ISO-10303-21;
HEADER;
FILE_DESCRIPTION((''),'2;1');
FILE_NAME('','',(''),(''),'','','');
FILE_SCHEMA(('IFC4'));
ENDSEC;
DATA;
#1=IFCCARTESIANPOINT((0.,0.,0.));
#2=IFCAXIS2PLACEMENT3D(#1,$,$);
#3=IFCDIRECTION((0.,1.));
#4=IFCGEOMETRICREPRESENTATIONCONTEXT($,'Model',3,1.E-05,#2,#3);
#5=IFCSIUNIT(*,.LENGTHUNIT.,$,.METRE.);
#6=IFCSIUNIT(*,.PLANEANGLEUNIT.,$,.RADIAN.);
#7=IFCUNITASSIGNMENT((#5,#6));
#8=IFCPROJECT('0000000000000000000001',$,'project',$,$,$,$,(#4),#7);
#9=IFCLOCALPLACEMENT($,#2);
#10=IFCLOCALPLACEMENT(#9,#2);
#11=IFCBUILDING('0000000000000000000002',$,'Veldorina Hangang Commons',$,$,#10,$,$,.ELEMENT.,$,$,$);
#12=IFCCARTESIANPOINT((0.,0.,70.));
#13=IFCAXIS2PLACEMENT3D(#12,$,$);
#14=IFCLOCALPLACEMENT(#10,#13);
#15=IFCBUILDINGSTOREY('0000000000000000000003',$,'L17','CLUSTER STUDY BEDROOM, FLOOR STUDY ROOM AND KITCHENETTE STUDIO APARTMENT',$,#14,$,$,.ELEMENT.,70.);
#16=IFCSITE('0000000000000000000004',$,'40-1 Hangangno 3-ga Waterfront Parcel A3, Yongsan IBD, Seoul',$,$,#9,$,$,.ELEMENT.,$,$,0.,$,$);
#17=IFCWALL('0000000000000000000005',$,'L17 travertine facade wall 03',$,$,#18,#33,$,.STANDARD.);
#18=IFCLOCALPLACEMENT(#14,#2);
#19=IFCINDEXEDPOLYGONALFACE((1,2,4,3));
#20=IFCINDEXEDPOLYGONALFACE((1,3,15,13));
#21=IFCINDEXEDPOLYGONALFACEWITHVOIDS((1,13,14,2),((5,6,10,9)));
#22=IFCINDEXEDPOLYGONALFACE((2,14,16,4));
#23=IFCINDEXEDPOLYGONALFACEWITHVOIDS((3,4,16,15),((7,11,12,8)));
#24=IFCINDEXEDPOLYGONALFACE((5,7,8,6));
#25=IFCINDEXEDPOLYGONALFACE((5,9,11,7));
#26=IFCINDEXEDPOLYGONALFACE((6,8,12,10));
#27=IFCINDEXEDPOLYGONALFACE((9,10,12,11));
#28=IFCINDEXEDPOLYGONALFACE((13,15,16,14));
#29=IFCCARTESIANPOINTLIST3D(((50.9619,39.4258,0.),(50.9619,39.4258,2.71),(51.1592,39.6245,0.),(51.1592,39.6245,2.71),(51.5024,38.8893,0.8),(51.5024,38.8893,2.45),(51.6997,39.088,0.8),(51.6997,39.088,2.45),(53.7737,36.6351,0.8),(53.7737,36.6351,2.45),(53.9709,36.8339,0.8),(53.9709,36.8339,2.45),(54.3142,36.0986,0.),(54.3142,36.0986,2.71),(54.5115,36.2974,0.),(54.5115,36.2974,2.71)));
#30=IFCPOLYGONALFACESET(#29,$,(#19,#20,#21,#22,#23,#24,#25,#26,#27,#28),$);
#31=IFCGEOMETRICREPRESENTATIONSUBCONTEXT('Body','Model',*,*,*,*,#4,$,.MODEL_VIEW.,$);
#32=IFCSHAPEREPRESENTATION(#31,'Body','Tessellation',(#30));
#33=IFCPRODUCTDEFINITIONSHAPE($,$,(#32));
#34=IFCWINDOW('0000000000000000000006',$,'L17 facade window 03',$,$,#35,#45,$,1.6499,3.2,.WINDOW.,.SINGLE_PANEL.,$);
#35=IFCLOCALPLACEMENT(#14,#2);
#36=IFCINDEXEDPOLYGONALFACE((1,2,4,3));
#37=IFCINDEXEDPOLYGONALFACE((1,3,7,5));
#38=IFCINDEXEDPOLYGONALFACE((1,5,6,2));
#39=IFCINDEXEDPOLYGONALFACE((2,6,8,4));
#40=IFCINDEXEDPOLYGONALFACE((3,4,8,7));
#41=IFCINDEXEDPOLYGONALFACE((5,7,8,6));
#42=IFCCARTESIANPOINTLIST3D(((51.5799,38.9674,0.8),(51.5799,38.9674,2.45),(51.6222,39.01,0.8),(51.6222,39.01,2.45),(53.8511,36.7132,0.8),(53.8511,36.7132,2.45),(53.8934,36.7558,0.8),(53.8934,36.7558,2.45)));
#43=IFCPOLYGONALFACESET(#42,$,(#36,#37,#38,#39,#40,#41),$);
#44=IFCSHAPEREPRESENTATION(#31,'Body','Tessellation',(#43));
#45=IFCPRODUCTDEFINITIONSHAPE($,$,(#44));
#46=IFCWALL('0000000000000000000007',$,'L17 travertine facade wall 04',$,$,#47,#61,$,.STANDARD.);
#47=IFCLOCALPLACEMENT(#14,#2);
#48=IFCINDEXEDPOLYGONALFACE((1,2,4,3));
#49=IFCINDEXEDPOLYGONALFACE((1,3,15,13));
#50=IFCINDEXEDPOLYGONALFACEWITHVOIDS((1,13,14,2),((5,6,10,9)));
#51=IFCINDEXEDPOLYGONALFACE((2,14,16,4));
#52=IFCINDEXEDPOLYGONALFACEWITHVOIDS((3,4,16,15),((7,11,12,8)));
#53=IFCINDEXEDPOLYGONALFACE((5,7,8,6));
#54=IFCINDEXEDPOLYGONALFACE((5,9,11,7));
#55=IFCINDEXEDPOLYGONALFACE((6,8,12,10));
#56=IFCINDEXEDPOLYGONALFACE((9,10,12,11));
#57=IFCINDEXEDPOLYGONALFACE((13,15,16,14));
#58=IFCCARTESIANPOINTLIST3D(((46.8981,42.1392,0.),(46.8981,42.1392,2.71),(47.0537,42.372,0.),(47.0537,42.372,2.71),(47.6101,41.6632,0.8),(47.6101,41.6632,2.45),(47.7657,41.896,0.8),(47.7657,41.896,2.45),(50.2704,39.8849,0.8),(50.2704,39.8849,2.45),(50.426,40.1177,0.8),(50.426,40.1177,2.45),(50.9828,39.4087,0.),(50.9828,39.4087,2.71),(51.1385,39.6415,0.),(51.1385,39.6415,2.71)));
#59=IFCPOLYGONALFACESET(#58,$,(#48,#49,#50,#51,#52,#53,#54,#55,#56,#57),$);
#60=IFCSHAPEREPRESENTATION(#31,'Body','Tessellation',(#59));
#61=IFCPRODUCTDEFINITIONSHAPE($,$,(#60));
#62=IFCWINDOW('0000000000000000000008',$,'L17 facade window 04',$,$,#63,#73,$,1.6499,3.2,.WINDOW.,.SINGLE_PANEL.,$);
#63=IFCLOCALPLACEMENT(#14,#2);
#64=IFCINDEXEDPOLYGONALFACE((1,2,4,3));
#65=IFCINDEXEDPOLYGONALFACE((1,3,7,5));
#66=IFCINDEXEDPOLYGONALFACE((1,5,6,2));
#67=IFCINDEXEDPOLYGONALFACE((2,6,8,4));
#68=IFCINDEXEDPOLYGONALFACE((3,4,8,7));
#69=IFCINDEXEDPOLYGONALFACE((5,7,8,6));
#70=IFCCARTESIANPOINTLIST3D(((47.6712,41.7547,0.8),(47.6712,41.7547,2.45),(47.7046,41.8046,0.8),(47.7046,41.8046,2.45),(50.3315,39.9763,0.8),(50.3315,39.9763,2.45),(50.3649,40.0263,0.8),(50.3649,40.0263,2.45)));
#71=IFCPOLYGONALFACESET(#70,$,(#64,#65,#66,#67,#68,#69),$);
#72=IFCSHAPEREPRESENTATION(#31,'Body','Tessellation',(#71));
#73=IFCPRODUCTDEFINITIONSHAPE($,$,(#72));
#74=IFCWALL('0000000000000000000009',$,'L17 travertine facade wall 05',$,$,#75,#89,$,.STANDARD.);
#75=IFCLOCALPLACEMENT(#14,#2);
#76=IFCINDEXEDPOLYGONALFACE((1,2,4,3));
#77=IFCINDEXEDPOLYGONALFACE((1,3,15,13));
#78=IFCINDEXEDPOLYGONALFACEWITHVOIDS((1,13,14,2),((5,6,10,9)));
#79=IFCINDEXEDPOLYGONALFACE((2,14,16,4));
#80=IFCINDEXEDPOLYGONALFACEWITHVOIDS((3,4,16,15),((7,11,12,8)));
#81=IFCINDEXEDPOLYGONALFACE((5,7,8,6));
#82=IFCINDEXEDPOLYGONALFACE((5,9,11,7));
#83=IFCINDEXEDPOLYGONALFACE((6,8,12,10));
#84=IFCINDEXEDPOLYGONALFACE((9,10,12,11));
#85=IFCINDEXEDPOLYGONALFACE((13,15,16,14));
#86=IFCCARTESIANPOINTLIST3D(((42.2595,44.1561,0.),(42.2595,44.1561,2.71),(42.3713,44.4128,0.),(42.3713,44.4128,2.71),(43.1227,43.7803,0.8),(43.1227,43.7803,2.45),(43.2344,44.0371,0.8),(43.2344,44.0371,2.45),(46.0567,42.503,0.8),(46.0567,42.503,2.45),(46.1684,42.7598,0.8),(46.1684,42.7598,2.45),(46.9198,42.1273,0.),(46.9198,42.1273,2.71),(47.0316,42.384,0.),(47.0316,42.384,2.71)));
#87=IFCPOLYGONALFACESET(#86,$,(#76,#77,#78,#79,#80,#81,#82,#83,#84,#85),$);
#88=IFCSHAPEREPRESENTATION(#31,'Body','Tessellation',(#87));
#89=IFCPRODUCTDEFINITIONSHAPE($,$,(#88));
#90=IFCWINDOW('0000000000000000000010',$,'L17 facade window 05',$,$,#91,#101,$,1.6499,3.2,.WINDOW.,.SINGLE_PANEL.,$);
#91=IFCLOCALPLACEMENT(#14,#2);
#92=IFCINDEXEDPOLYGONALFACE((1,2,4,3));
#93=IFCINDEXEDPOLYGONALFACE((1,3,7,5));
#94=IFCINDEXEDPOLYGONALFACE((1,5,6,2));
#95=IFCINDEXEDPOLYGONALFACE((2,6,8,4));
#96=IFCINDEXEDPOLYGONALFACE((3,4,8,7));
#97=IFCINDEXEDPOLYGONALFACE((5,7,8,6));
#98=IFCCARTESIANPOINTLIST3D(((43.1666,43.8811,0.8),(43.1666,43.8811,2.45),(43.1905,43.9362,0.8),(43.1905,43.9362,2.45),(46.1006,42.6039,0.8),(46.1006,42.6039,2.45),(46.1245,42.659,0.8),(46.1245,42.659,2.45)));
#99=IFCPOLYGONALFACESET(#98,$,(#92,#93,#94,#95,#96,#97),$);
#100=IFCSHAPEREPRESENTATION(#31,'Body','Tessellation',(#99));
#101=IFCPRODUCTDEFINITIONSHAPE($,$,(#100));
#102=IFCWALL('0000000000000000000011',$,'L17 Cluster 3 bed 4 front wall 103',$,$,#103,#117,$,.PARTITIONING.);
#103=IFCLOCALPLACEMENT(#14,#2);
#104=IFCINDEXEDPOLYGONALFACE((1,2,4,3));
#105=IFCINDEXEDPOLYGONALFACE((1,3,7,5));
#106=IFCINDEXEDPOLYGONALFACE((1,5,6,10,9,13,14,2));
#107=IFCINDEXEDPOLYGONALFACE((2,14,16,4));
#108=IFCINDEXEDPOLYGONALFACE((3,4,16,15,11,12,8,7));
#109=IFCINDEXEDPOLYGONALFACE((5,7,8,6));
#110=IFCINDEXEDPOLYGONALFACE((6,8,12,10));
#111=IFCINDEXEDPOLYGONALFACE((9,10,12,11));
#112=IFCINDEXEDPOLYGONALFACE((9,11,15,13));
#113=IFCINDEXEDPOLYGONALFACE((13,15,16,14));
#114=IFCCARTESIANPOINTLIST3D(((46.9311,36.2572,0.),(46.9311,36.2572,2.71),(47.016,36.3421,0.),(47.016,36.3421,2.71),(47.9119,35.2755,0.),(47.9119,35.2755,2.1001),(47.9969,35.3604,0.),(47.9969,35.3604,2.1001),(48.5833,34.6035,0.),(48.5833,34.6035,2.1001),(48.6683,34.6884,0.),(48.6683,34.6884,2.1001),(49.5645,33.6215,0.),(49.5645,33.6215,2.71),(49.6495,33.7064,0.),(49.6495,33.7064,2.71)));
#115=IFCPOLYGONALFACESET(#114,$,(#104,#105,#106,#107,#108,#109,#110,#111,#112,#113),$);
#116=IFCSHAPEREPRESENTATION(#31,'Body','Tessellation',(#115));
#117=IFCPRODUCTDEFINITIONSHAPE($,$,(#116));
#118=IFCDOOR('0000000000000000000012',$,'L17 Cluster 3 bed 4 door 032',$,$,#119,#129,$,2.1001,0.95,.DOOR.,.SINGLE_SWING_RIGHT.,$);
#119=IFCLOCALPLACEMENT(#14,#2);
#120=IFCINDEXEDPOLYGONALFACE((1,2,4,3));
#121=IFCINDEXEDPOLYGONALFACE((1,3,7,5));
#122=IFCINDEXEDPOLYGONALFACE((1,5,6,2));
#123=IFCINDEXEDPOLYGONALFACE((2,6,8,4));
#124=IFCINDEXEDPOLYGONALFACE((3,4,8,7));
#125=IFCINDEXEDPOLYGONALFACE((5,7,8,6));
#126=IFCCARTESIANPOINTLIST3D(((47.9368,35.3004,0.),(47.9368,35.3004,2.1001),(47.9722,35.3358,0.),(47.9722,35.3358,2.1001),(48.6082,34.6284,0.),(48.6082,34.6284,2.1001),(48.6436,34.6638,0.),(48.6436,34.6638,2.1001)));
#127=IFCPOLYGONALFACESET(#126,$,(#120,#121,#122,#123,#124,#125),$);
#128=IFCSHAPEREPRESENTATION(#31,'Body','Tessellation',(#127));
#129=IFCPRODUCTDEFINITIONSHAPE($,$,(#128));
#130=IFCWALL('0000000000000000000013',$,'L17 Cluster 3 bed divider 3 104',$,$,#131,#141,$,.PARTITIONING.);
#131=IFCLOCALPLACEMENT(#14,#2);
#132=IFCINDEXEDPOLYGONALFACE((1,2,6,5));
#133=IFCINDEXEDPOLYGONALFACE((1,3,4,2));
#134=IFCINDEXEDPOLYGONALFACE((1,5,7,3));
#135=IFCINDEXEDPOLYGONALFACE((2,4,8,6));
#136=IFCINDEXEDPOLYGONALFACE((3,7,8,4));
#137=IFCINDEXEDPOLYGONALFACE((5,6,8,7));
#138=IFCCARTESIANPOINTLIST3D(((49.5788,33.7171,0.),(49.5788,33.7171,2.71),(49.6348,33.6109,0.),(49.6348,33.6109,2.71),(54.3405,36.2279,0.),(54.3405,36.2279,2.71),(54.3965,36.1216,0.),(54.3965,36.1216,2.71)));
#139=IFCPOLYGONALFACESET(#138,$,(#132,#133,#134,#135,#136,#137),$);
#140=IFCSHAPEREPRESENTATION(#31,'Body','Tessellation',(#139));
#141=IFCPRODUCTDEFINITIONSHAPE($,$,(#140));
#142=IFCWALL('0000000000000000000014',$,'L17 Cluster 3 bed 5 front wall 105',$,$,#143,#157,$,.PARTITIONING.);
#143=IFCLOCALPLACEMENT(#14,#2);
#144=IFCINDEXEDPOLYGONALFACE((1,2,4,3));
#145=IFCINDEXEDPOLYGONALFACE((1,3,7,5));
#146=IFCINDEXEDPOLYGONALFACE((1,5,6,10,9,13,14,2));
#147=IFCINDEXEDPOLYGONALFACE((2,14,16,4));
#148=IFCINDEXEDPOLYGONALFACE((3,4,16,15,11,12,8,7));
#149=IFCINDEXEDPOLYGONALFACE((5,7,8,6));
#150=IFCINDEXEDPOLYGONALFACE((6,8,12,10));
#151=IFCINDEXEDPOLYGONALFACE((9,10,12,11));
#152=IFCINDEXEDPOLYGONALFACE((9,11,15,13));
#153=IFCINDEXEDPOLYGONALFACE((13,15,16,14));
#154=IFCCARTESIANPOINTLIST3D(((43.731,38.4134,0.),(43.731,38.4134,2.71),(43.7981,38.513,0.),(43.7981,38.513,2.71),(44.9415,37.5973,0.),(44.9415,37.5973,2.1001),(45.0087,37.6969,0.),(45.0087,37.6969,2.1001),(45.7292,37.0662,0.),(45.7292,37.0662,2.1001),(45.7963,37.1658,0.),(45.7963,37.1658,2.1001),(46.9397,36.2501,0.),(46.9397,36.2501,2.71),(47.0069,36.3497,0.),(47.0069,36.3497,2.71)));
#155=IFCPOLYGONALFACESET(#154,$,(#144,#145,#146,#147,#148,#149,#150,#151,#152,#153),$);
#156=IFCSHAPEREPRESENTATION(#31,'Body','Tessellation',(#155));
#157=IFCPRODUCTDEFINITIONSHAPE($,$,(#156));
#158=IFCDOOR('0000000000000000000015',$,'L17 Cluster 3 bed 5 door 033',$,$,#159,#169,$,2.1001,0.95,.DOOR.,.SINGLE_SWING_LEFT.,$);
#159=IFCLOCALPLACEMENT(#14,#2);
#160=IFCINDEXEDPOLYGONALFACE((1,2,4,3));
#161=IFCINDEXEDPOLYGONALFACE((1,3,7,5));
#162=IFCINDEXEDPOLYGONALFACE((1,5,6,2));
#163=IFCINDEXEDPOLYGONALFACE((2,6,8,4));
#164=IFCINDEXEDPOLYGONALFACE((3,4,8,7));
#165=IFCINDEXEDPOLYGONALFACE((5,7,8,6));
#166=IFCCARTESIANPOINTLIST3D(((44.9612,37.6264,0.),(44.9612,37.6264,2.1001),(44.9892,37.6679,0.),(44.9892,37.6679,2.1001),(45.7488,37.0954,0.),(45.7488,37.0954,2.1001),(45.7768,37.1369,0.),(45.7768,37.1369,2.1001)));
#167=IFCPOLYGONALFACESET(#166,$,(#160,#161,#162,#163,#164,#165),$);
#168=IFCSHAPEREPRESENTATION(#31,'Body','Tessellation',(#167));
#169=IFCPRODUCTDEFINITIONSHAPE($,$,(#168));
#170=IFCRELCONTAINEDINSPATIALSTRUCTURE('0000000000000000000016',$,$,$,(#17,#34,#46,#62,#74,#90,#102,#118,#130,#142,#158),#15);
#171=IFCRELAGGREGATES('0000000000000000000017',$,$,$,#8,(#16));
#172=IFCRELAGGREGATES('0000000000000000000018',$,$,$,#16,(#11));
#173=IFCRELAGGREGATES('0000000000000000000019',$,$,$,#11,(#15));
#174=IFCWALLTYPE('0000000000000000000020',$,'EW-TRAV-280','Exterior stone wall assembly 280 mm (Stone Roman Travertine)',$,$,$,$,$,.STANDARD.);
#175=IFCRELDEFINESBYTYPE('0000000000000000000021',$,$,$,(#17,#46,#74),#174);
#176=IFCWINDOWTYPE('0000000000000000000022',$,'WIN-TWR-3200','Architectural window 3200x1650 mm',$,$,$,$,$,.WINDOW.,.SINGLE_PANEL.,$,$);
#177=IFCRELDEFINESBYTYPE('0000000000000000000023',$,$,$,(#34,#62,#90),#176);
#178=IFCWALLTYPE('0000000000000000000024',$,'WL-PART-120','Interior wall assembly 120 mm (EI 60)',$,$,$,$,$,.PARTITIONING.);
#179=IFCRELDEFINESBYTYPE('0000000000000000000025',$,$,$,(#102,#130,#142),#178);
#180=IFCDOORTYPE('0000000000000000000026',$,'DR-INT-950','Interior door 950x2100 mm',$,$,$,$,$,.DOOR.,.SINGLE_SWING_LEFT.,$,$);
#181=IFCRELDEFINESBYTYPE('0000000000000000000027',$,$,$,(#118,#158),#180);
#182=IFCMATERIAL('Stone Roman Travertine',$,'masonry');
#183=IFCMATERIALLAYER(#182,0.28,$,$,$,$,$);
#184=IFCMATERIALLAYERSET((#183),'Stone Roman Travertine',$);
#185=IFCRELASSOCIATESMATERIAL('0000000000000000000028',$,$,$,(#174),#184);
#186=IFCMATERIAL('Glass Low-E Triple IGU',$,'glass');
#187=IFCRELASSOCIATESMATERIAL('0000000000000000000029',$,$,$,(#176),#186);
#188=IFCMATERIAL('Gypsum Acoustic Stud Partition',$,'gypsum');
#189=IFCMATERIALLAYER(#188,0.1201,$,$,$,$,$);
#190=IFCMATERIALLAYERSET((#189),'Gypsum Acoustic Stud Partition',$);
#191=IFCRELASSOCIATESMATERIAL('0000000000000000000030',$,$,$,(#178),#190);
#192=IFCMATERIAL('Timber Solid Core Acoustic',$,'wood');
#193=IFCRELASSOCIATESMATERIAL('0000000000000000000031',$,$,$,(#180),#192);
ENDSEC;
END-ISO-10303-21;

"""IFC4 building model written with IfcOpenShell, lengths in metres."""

from ifc_helpers import new_model, si_unit, direction, frame, frame_2d, origin, place, context, subcontext, project, spatial, rectangle, extrude, material, layer, layer_set, type_object, element, fill, save


model = new_model("IFC4")

# Units and contexts
model_context = context("Model", 3, precision=1e-05, world=origin(), true_north=direction((0.0, 1.0)))
body_context = subcontext(model_context, "Body", "Model", "MODEL_VIEW")
ifc_project = project(units=[si_unit("LENGTHUNIT", "METRE"), si_unit("PLANEANGLEUNIT", "RADIAN")], contexts=[model_context])

# Site, building, storey
site_placement = place(None, origin())
site = spatial("IfcSite", under=ifc_project, at=site_placement, Name="40-1 Hangangno 3-ga Waterfront Parcel A3, Yongsan IBD, Seoul", CompositionType="ELEMENT", RefElevation=0.0)
building_placement = place(site_placement, origin())
building = spatial("IfcBuilding", under=site, at=building_placement, Name="Veldorina Hangang Commons", CompositionType="ELEMENT")
storey_placement = place(building_placement, frame((0.0, 0.0, 70.0)))
storey = spatial("IfcBuildingStorey", under=building, at=storey_placement, Name="L17", Description="CLUSTER STUDY BEDROOM, FLOOR STUDY ROOM AND KITCHENETTE STUDIO APARTMENT", CompositionType="ELEMENT", Elevation=70.0)

# Walls, openings, windows
ifc_material_1 = material(Name="Stone Roman Travertine", Category="masonry")
ifc_layer_1 = layer(ifc_material_1, 0.28)
ifc_layer_set_1 = layer_set([ifc_layer_1], Name="Stone Roman Travertine")
wall_type_1 = type_object("IfcWallType", Name="EW-TRAV-280", Description="Exterior stone wall assembly 280 mm (Stone Roman Travertine)", PredefinedType="STANDARD", material=ifc_layer_set_1)
ifc_material_2 = material(Name="Glass Low-E Triple IGU", Category="glass")
window_type = type_object("IfcWindowType", Name="WIN-TWR-3200", Description="Architectural window 3200x1650 mm", PartitioningType="SINGLE_PANEL", PredefinedType="WINDOW", material=ifc_material_2)
wall_1_placement = place(storey_placement, frame((54.4128, 36.198, 0.0), z_axis=(0.0, 0.0, 1.0), x_axis=(-0.709764, 0.70444, 0.0)))
wall_1 = element("IfcWall", 1, at=wall_1_placement, inside=storey, type_object=wall_type_1, Name="L17 travertine facade wall 03", PredefinedType="STANDARD", context=body_context, shape_type="SweptSolid", body=[
    extrude(rectangle(XDim=4.7231, YDim=0.28, at=frame_2d((2.3616, 0.0))), origin(), (0.0, 0.0, 1.0), 2.71),
])
opening_1_placement = place(wall_1_placement, frame((0.7615, 0.0, 0.8)))
opening_1 = element("IfcOpeningElement", 2, at=opening_1_placement, cuts=wall_1, PredefinedType="OPENING", context=body_context, shape_type="SweptSolid", body=[
    extrude(rectangle(XDim=3.2, YDim=1.6499, at=frame_2d((1.6001, 0.825))), frame((0.0, 0.1499, 0.0), z_axis=(0.0, -1.0, 0.0), x_axis=(1.0, 0.0, 0.0)), (0.0, 0.0, 1.0), 0.3),
])
window_1_placement = place(opening_1_placement, origin())
window_1 = element("IfcWindow", 3, at=window_1_placement, inside=storey, type_object=window_type, Name="L17 facade window 03", OverallHeight=1.6499, OverallWidth=3.2, PartitioningType="SINGLE_PANEL", PredefinedType="WINDOW", context=body_context, shape_type="SweptSolid", body=[
    extrude(rectangle(XDim=3.2, YDim=1.6499, at=frame_2d((1.6001, 0.825))), frame((0.0, 0.03, 0.0), z_axis=(0.0, -1.0, 0.0), x_axis=(1.0, 0.0, 0.0)), (0.0, 0.0, 1.0), 0.0601),
])
fill(opening_1, window_1)
wall_2_placement = place(storey_placement, frame((51.0605, 39.5251, 0.0), z_axis=(0.0, 0.0, 1.0), x_axis=(-0.831362, 0.555732, 0.0)))
wall_2 = element("IfcWall", 4, at=wall_2_placement, inside=storey, type_object=wall_type_1, Name="L17 travertine facade wall 04", PredefinedType="STANDARD", context=body_context, shape_type="SweptSolid", body=[
    extrude(rectangle(XDim=4.9133, YDim=0.28, at=frame_2d((2.4565, 0.0))), origin(), (0.0, 0.0, 1.0), 2.71),
])
opening_2_placement = place(wall_2_placement, frame((0.8567, 0.0, 0.8)))
opening_2 = element("IfcOpeningElement", 5, at=opening_2_placement, cuts=wall_2, PredefinedType="OPENING", context=body_context, shape_type="SweptSolid", body=[
    extrude(rectangle(XDim=3.2, YDim=1.6499, at=frame_2d((1.6001, 0.825))), frame((0.0, 0.1499, 0.0), z_axis=(0.0, -1.0, 0.0), x_axis=(1.0, 0.0, 0.0)), (0.0, 0.0, 1.0), 0.3),
])
window_2_placement = place(opening_2_placement, origin())
window_2 = element("IfcWindow", 6, at=window_2_placement, inside=storey, type_object=window_type, Name="L17 facade window 04", OverallHeight=1.6499, OverallWidth=3.2, PartitioningType="SINGLE_PANEL", PredefinedType="WINDOW", context=body_context, shape_type="SweptSolid", body=[
    extrude(rectangle(XDim=3.2, YDim=1.6499, at=frame_2d((1.6001, 0.825))), frame((0.0, 0.03, 0.0), z_axis=(0.0, -1.0, 0.0), x_axis=(1.0, 0.0, 0.0)), (0.0, 0.0, 1.0), 0.0601),
])
fill(opening_2, window_2)
wall_3_placement = place(storey_placement, frame((46.9758, 42.2556, 0.0), z_axis=(0.0, 0.0, 1.0), x_axis=(-0.916887, 0.399148, 0.0)))
wall_3 = element("IfcWall", 7, at=wall_3_placement, inside=storey, type_object=wall_type_1, Name="L17 travertine facade wall 05", PredefinedType="STANDARD", context=body_context, shape_type="SweptSolid", body=[
    extrude(rectangle(XDim=5.0828, YDim=0.28, at=frame_2d((2.5415, 0.0))), origin(), (0.0, 0.0, 1.0), 2.71),
])
opening_3_placement = place(wall_3_placement, frame((0.9414, 0.0, 0.8)))
opening_3 = element("IfcOpeningElement", 8, at=opening_3_placement, cuts=wall_3, PredefinedType="OPENING", context=body_context, shape_type="SweptSolid", body=[
    extrude(rectangle(XDim=3.2, YDim=1.6499, at=frame_2d((1.6001, 0.825))), frame((0.0, 0.1499, 0.0), z_axis=(0.0, -1.0, 0.0), x_axis=(1.0, 0.0, 0.0)), (0.0, 0.0, 1.0), 0.3),
])
window_3_placement = place(opening_3_placement, origin())
window_3 = element("IfcWindow", 9, at=window_3_placement, inside=storey, type_object=window_type, Name="L17 facade window 05", OverallHeight=1.6499, OverallWidth=3.2, PartitioningType="SINGLE_PANEL", PredefinedType="WINDOW", context=body_context, shape_type="SweptSolid", body=[
    extrude(rectangle(XDim=3.2, YDim=1.6499, at=frame_2d((1.6001, 0.825))), frame((0.0, 0.03, 0.0), z_axis=(0.0, -1.0, 0.0), x_axis=(1.0, 0.0, 0.0)), (0.0, 0.0, 1.0), 0.0601),
])
fill(opening_3, window_3)

# Wall, opening, door
ifc_material_3 = material(Name="Gypsum Acoustic Stud Partition", Category="gypsum")
ifc_layer_2 = layer(ifc_material_3, 0.1201)
ifc_layer_set_2 = layer_set([ifc_layer_2], Name="Gypsum Acoustic Stud Partition")
wall_type_2 = type_object("IfcWallType", Name="WL-PART-120", Description="Interior wall assembly 120 mm (EI 60)", PredefinedType="PARTITIONING", material=ifc_layer_set_2)
wall_4_placement = place(storey_placement, frame((49.6069, 33.6641, 0.0), z_axis=(0.0, 0.0, 1.0), x_axis=(-0.706812, 0.707402, 0.0)))
wall_4 = element("IfcWall", 10, at=wall_4_placement, inside=storey, type_object=wall_type_2, Name="L17 Cluster 3 bed 4 front wall 103", PredefinedType="PARTITIONING", context=body_context, shape_type="SweptSolid", body=[
    extrude(rectangle(XDim=3.7258, YDim=0.1201, at=frame_2d((1.8628, 0.0))), origin(), (0.0, 0.0, 1.0), 2.71),
])
opening_4_placement = place(wall_4_placement, frame((1.3879, 0.0, 0.0)))
opening_4 = element("IfcOpeningElement", 11, at=opening_4_placement, cuts=wall_4, PredefinedType="OPENING", context=body_context, shape_type="SweptSolid", body=[
    extrude(rectangle(XDim=0.95, YDim=2.1001, at=frame_2d((0.4751, 1.05))), frame((0.0, 0.0701, 0.0), z_axis=(0.0, -1.0, 0.0), x_axis=(1.0, 0.0, 0.0)), (0.0, 0.0, 1.0), 0.1401),
])
ifc_material_4 = material(Name="Timber Solid Core Acoustic", Category="wood")
door_type = type_object("IfcDoorType", Name="DR-INT-950", Description="Interior door 950x2100 mm", OperationType="SINGLE_SWING_LEFT", PredefinedType="DOOR", material=ifc_material_4)
door_1_placement = place(opening_4_placement, origin())
door_1 = element("IfcDoor", 12, at=door_1_placement, inside=storey, type_object=door_type, Name="L17 Cluster 3 bed 4 door 032", OperationType="SINGLE_SWING_RIGHT", OverallHeight=2.1001, OverallWidth=0.95, PredefinedType="DOOR", context=body_context, shape_type="SweptSolid", body=[
    extrude(rectangle(XDim=0.95, YDim=2.1001, at=frame_2d((0.4751, 1.05))), frame((0.0, 0.0249, 0.0), z_axis=(0.0, -1.0, 0.0), x_axis=(1.0, 0.0, 0.0)), (0.0, 0.0, 1.0), 0.05),
])
fill(opening_4, door_1)

# Wall
wall_5_placement = place(storey_placement, frame((49.6069, 33.6641, 0.0), z_axis=(0.0, 0.0, 1.0), x_axis=(0.884568, 0.466412, 0.0)))
element("IfcWall", 13, at=wall_5_placement, inside=storey, type_object=wall_type_2, Name="L17 Cluster 3 bed divider 3 104", PredefinedType="PARTITIONING", context=body_context, shape_type="SweptSolid", body=[
    extrude(rectangle(XDim=5.3831, YDim=0.1201, at=frame_2d((2.6914, 0.0))), origin(), (0.0, 0.0, 1.0), 2.71),
])

# Wall, opening, door
wall_6_placement = place(storey_placement, frame((46.9734, 36.2998, 0.0), z_axis=(0.0, 0.0, 1.0), x_axis=(-0.829156, 0.559017, 0.0)))
wall_6 = element("IfcWall", 14, at=wall_6_placement, inside=storey, type_object=wall_type_2, Name="L17 Cluster 3 bed 5 front wall 105", PredefinedType="PARTITIONING", context=body_context, shape_type="SweptSolid", body=[
    extrude(rectangle(XDim=3.8699, YDim=0.1201, at=frame_2d((1.9351, 0.0))), origin(), (0.0, 0.0, 1.0), 2.71),
])
opening_5_placement = place(wall_6_placement, frame((1.46, 0.0, 0.0)))
opening_5 = element("IfcOpeningElement", 15, at=opening_5_placement, cuts=wall_6, PredefinedType="OPENING", context=body_context, shape_type="SweptSolid", body=[
    extrude(rectangle(XDim=0.95, YDim=2.1001, at=frame_2d((0.4751, 1.05))), frame((0.0, 0.0701, 0.0), z_axis=(0.0, -1.0, 0.0), x_axis=(1.0, 0.0, 0.0)), (0.0, 0.0, 1.0), 0.1401),
])
door_2_placement = place(opening_5_placement, origin())
door_2 = element("IfcDoor", 16, at=door_2_placement, inside=storey, type_object=door_type, Name="L17 Cluster 3 bed 5 door 033", OperationType="SINGLE_SWING_LEFT", OverallHeight=2.1001, OverallWidth=0.95, PredefinedType="DOOR", context=body_context, shape_type="SweptSolid", body=[
    extrude(rectangle(XDim=0.95, YDim=2.1001, at=frame_2d((0.4751, 1.05))), frame((0.0, 0.0249, 0.0), z_axis=(0.0, -1.0, 0.0), x_axis=(1.0, 0.0, 0.0)), (0.0, 0.0, 1.0), 0.05),
])
fill(opening_5, door_2)

save(model, "model.ifc")
